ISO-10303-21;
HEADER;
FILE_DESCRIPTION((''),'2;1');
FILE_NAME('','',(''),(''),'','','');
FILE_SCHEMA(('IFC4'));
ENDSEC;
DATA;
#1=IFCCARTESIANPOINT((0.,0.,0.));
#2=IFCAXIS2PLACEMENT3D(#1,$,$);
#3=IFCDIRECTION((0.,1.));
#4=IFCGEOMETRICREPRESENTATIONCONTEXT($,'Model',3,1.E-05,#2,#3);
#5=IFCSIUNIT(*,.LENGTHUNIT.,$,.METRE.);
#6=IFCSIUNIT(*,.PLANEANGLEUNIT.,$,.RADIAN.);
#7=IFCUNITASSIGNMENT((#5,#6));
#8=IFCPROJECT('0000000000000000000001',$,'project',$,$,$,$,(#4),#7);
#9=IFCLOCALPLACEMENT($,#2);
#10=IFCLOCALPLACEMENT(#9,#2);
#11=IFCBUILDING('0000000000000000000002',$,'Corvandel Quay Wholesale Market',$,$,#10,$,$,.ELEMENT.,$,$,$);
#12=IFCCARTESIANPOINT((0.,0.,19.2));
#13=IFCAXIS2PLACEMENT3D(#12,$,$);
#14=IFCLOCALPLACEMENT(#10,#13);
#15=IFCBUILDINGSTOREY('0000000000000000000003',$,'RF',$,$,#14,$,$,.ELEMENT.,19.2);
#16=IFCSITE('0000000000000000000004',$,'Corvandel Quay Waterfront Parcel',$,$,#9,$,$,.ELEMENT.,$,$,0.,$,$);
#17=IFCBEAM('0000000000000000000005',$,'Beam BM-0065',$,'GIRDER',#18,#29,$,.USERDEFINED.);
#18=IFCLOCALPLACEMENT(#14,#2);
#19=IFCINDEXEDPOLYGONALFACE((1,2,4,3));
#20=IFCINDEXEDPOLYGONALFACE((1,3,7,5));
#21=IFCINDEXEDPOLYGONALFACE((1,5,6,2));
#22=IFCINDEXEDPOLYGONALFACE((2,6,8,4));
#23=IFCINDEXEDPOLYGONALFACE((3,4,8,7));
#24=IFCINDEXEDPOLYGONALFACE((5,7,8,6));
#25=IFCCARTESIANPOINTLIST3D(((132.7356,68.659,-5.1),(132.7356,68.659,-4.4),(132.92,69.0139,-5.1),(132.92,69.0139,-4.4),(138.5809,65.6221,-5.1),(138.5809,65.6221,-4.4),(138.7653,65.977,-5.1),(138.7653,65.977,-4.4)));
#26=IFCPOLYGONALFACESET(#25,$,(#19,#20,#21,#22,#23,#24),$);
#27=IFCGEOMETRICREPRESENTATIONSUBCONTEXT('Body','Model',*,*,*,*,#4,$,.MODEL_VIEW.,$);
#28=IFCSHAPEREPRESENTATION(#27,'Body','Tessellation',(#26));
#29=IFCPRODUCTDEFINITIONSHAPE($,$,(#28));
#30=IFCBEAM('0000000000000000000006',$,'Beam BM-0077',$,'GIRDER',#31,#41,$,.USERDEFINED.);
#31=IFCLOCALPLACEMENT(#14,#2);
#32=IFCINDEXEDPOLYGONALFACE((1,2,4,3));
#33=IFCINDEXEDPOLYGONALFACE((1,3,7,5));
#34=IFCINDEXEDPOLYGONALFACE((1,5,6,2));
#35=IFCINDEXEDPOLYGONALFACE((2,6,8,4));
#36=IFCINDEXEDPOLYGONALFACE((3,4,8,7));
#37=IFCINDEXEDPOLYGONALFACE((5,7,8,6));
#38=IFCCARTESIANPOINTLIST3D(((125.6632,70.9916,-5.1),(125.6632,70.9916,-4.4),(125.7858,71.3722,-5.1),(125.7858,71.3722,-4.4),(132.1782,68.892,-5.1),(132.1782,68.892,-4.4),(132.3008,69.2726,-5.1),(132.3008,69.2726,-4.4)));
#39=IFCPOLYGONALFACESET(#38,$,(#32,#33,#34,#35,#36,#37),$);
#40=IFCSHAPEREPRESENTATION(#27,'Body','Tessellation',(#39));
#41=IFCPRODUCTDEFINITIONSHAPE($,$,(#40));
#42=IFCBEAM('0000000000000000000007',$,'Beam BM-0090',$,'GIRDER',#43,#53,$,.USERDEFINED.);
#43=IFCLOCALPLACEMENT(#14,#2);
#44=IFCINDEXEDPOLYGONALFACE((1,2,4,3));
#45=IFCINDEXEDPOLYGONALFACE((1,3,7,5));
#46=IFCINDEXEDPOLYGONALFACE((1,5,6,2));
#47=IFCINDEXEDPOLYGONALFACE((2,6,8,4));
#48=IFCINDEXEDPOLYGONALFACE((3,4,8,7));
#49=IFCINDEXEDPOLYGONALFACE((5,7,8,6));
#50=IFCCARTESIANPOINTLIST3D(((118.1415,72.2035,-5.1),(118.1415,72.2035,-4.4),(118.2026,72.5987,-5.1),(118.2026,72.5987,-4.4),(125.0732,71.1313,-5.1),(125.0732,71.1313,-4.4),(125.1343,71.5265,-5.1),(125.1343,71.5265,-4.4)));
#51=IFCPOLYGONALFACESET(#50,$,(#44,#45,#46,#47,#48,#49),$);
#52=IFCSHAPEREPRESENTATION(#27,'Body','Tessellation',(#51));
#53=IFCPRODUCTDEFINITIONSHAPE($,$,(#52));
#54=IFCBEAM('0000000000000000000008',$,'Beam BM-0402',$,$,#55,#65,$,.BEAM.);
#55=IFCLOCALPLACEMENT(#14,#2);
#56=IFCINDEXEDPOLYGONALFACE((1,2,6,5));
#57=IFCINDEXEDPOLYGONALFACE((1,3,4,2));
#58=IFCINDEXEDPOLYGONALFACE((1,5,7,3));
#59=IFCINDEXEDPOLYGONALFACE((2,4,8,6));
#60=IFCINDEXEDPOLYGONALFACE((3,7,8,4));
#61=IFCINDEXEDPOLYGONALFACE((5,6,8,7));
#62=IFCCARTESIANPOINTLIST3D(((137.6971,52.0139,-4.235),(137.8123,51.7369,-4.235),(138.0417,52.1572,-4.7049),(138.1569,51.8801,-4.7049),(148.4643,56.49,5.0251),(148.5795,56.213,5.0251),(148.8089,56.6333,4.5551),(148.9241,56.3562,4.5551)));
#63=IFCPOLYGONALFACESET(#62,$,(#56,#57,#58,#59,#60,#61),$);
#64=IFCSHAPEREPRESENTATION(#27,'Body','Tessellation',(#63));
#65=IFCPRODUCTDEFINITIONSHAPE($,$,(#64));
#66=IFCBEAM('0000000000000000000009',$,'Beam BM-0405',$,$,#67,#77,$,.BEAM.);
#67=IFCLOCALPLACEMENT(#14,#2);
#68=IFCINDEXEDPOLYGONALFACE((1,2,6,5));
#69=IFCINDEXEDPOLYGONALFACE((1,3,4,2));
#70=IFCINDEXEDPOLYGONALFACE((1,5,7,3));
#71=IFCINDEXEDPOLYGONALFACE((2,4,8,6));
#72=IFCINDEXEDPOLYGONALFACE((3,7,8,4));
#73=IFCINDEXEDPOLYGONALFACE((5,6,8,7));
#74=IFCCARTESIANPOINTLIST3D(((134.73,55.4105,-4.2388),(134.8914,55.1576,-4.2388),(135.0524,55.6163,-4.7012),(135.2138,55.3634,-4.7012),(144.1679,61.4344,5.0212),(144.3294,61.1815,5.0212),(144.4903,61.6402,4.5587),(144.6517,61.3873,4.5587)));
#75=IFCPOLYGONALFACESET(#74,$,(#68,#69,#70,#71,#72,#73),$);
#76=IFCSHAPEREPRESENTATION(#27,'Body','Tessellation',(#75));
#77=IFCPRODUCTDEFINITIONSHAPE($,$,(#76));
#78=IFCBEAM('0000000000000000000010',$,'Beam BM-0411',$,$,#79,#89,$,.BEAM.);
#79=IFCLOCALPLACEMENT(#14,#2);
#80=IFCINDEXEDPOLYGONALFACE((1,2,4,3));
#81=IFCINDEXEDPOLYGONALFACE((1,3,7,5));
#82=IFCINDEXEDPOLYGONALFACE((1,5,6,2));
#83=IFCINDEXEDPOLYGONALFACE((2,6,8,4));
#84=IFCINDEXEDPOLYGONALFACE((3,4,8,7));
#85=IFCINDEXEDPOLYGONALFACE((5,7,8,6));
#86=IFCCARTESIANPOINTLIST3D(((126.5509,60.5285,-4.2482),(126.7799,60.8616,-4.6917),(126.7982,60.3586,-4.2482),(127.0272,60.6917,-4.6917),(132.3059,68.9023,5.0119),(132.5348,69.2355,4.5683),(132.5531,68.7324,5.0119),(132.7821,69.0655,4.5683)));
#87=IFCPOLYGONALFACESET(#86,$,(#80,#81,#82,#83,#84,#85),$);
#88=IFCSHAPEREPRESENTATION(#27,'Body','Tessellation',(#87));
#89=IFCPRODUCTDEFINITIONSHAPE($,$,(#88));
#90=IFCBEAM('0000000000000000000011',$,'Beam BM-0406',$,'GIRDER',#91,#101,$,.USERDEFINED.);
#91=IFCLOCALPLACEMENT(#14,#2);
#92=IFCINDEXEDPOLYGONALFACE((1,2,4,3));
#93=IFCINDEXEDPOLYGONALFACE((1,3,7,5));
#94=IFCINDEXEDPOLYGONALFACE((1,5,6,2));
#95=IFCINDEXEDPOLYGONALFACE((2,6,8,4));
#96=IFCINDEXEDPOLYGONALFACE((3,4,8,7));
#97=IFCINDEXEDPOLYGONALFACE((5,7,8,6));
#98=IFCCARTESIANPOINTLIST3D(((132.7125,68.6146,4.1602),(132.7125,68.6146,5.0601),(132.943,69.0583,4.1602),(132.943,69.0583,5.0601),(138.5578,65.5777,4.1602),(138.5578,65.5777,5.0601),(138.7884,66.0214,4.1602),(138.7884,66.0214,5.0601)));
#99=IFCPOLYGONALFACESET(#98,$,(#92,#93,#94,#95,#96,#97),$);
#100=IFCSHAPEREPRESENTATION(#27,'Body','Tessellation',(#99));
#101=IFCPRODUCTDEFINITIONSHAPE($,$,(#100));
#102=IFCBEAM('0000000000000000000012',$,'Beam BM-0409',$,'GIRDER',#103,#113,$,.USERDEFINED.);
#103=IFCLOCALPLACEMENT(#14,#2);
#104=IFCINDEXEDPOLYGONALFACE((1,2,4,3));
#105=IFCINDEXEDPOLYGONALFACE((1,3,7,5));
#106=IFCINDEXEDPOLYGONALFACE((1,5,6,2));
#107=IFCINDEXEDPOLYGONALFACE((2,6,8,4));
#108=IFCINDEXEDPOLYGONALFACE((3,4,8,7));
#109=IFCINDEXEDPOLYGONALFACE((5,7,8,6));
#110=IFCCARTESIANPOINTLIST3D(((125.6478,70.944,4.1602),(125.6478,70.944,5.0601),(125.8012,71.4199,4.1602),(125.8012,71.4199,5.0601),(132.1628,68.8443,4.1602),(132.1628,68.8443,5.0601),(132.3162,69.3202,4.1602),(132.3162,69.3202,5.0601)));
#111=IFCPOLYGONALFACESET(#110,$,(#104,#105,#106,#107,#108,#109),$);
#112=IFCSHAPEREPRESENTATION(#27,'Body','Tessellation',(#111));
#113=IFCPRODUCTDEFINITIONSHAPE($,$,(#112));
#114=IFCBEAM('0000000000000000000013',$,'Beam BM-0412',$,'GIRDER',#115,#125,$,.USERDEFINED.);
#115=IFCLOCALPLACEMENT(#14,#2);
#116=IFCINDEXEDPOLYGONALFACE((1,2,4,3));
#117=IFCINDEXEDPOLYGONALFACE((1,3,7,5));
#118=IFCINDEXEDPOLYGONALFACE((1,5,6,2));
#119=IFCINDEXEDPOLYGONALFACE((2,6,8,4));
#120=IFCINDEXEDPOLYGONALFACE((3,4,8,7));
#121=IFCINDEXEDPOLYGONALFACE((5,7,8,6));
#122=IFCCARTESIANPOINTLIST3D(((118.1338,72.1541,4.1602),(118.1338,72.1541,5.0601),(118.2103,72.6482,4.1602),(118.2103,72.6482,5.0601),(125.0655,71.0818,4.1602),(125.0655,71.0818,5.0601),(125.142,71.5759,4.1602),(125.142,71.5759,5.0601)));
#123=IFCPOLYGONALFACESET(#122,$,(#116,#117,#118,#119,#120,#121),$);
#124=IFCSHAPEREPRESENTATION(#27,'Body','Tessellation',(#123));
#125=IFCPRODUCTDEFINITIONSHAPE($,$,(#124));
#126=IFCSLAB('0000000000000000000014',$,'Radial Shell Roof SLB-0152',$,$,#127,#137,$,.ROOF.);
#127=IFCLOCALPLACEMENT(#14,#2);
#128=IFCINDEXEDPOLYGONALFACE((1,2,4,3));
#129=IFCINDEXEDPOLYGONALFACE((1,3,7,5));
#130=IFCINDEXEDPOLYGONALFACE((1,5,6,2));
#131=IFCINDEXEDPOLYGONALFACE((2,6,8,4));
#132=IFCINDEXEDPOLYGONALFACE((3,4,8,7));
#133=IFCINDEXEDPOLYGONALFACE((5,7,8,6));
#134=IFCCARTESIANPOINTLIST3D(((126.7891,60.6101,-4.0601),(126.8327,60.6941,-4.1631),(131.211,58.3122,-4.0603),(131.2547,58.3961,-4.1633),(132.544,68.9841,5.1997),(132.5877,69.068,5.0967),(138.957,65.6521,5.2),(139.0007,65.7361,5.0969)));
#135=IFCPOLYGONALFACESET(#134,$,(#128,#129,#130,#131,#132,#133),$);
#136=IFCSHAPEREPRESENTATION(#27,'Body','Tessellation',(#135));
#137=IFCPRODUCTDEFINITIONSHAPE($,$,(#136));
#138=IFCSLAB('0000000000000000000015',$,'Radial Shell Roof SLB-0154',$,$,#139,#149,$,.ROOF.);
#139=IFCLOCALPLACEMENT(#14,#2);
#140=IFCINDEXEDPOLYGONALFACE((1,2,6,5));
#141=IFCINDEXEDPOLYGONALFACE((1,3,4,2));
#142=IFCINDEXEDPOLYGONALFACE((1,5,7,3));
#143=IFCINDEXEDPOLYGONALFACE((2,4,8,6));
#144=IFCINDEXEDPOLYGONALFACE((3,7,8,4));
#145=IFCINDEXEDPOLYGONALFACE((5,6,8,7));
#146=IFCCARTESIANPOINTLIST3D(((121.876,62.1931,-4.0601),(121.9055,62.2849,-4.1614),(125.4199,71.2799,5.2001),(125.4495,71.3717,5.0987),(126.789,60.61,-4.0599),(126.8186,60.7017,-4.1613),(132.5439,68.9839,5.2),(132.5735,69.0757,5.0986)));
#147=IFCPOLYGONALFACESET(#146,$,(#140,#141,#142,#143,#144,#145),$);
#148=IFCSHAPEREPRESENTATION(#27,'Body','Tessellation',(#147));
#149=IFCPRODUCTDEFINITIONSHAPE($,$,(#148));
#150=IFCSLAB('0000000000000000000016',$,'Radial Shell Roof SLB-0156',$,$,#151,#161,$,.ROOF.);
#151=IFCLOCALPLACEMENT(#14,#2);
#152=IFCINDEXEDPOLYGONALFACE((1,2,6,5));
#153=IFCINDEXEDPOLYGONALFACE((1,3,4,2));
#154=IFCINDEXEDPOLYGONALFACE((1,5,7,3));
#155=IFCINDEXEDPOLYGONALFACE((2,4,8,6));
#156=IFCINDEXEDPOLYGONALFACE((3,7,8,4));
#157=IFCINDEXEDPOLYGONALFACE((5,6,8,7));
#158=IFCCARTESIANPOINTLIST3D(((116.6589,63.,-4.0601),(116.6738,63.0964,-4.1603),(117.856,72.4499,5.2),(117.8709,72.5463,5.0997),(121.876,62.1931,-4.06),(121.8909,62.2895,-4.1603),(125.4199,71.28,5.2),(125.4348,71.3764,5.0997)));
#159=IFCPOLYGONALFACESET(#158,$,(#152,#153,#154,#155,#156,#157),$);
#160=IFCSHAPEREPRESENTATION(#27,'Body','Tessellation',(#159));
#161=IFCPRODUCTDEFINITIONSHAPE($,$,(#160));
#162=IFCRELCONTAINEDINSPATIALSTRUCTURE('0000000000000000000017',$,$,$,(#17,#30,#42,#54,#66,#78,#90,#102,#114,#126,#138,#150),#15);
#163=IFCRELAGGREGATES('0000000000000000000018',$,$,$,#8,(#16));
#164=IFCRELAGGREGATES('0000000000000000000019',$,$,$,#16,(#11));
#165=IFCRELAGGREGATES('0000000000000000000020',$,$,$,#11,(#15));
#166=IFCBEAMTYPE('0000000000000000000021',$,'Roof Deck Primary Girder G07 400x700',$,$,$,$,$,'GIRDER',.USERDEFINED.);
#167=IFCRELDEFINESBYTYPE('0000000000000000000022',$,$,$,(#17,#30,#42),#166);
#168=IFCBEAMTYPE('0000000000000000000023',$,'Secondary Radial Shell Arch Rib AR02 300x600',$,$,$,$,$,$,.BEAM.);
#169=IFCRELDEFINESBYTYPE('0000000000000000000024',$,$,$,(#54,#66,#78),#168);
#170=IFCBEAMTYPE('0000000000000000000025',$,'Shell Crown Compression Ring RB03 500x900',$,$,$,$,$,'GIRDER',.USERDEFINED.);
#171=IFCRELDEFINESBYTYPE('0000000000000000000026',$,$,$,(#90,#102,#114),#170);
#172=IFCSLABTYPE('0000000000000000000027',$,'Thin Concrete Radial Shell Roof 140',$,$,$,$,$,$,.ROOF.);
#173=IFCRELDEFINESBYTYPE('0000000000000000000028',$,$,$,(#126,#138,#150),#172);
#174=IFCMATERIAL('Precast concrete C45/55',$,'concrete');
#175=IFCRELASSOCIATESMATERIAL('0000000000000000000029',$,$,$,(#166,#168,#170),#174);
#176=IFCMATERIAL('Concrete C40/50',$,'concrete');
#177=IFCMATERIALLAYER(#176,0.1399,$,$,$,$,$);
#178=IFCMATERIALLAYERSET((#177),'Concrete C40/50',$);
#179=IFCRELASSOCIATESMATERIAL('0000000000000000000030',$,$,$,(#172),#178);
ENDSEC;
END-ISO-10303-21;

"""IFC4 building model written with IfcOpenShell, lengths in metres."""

from ifc_helpers import new_model, si_unit, direction, frame, origin, origin_2d, place, context, subcontext, project, spatial, polyline, rectangle, outline, extrude, material, layer, layer_set, material_profile, profile_set, type_object, element, save


model = new_model("IFC4")

# Units and contexts
model_context = context("Model", 3, precision=1e-05, world=origin(), true_north=direction((0.0, 1.0)))
body_context = subcontext(model_context, "Body", "Model", "MODEL_VIEW")
ifc_project = project(units=[si_unit("LENGTHUNIT", "METRE"), si_unit("PLANEANGLEUNIT", "RADIAN")], contexts=[model_context])

# Site, building, storey
site_placement = place(None, origin())
site = spatial("IfcSite", under=ifc_project, at=site_placement, Name="Corvandel Quay Waterfront Parcel", CompositionType="ELEMENT", RefElevation=0.0)
building_placement = place(site_placement, origin())
building = spatial("IfcBuilding", under=site, at=building_placement, Name="Corvandel Quay Wholesale Market", CompositionType="ELEMENT")
storey_placement = place(building_placement, frame((0.0, 0.0, 19.2)))
storey = spatial("IfcBuildingStorey", under=building, at=storey_placement, Name="RF", CompositionType="ELEMENT", Elevation=19.2)

# Shared definitions
ifc_material_1 = material(Name="Precast concrete C45/55", Category="concrete")

# Beams
ifc_material_profile_1 = material_profile(ifc_material_1, rectangle(XDim=0.3999, YDim=0.7, at=origin_2d()), Name="PC-GIR-400x700")
ifc_profile_set_1 = profile_set([ifc_material_profile_1], Name="Precast concrete C45/55")
beam_type_1 = type_object("IfcBeamType", Name="Roof Deck Primary Girder G07 400x700", ElementType="GIRDER", PredefinedType="USERDEFINED", material=ifc_profile_set_1)
beam_1_placement = place(storey_placement, frame((138.6731, 65.7996, -4.75), z_axis=(-0.887381, 0.461036, 0.0), x_axis=(-0.461036, -0.887381, 0.0)))
element("IfcBeam", 1, at=beam_1_placement, inside=storey, type_object=beam_type_1, Name="Beam BM-0065", ObjectType="GIRDER", PredefinedType="USERDEFINED", context=body_context, shape_type="SweptSolid", body=[
    extrude(rectangle(XDim=0.3999, YDim=0.7, at=origin_2d()), origin(), (0.0, 0.0, 1.0), 6.5872),
])
beam_2_placement = place(storey_placement, frame((132.2395, 69.0823, -4.75), z_axis=(-0.951793, 0.306742, 0.0), x_axis=(-0.306742, -0.951793, 0.0)))
element("IfcBeam", 2, at=beam_2_placement, inside=storey, type_object=beam_type_1, Name="Beam BM-0077", ObjectType="GIRDER", PredefinedType="USERDEFINED", context=body_context, shape_type="SweptSolid", body=[
    extrude(rectangle(XDim=0.3999, YDim=0.7, at=origin_2d()), origin(), (0.0, 0.0, 1.0), 6.845),
])
beam_3_placement = place(storey_placement, frame((125.1038, 71.3289, -4.75), z_axis=(-0.988246, 0.152873, 0.0), x_axis=(-0.152873, -0.988246, 0.0)))
element("IfcBeam", 3, at=beam_3_placement, inside=storey, type_object=beam_type_1, Name="Beam BM-0090", ObjectType="GIRDER", PredefinedType="USERDEFINED", context=body_context, shape_type="SweptSolid", body=[
    extrude(rectangle(XDim=0.3999, YDim=0.7, at=origin_2d()), origin(), (0.0, 0.0, 1.0), 7.0142),
])
ifc_material_profile_2 = material_profile(ifc_material_1, rectangle(XDim=0.3, YDim=0.6001, at=origin_2d()), Name="PC-RIB-300x600")
ifc_profile_set_2 = profile_set([ifc_material_profile_2], Name="Precast concrete C45/55")
beam_type_2 = type_object("IfcBeamType", Name="Secondary Radial Shell Arch Rib AR02 300x600", PredefinedType="BEAM", material=ifc_profile_set_2)
beam_4_placement = place(storey_placement, frame((137.927, 51.947, -4.47), z_axis=(0.723107, 0.300609, 0.621893), x_axis=(-0.383869, 0.923388, 0.0)))
element("IfcBeam", 4, at=beam_4_placement, inside=storey, type_object=beam_type_2, Name="Beam BM-0402", PredefinedType="BEAM", context=body_context, shape_type="SweptSolid", body=[
    extrude(rectangle(XDim=0.3, YDim=0.6001, at=origin_2d()), origin(), (0.0, 0.0, 1.0), 14.8901),
])
beam_5_placement = place(storey_placement, frame((134.9719, 55.387, -4.47), z_axis=(0.649567, 0.414595, 0.637318), x_axis=(-0.538015, 0.842935, 0.0)))
element("IfcBeam", 5, at=beam_5_placement, inside=storey, type_object=beam_type_2, Name="Beam BM-0405", PredefinedType="BEAM", context=body_context, shape_type="SweptSolid", body=[
    extrude(rectangle(XDim=0.3, YDim=0.6001, at=origin_2d()), origin(), (0.0, 0.0, 1.0), 14.5295),
])
beam_6_placement = place(storey_placement, frame((126.7891, 60.6101, -4.47), z_axis=(0.418621, 0.609124, 0.67359), x_axis=(-0.824138, 0.566389, 0.0)))
element("IfcBeam", 6, at=beam_6_placement, inside=storey, type_object=beam_type_2, Name="Beam BM-0411", PredefinedType="BEAM", context=body_context, shape_type="SweptSolid", body=[
    extrude(rectangle(XDim=0.3, YDim=0.6001, at=origin_2d()), origin(), (0.0, 0.0, 1.0), 13.7473),
])
ifc_material_profile_3 = material_profile(ifc_material_1, rectangle(XDim=0.5, YDim=0.8999, at=origin_2d()), Name="PC-RING-500x900")
ifc_profile_set_3 = profile_set([ifc_material_profile_3], Name="Precast concrete C45/55")
beam_type_3 = type_object("IfcBeamType", Name="Shell Crown Compression Ring RB03 500x900", ElementType="GIRDER", PredefinedType="USERDEFINED", material=ifc_profile_set_3)
beam_7_placement = place(storey_placement, frame((138.6731, 65.7996, 4.6101), z_axis=(-0.887381, 0.461036, 0.0), x_axis=(-0.461036, -0.887381, 0.0)))
element("IfcBeam", 7, at=beam_7_placement, inside=storey, type_object=beam_type_3, Name="Beam BM-0406", ObjectType="GIRDER", PredefinedType="USERDEFINED", context=body_context, shape_type="SweptSolid", body=[
    extrude(rectangle(XDim=0.5, YDim=0.8999, at=origin_2d()), origin(), (0.0, 0.0, 1.0), 6.5872),
])
beam_8_placement = place(storey_placement, frame((132.2395, 69.0823, 4.6101), z_axis=(-0.951793, 0.306742, 0.0), x_axis=(-0.306742, -0.951793, 0.0)))
element("IfcBeam", 8, at=beam_8_placement, inside=storey, type_object=beam_type_3, Name="Beam BM-0409", ObjectType="GIRDER", PredefinedType="USERDEFINED", context=body_context, shape_type="SweptSolid", body=[
    extrude(rectangle(XDim=0.5, YDim=0.8999, at=origin_2d()), origin(), (0.0, 0.0, 1.0), 6.845),
])
beam_9_placement = place(storey_placement, frame((125.1038, 71.3289, 4.6101), z_axis=(-0.988246, 0.152873, 0.0), x_axis=(-0.152873, -0.988246, 0.0)))
element("IfcBeam", 9, at=beam_9_placement, inside=storey, type_object=beam_type_3, Name="Beam BM-0412", ObjectType="GIRDER", PredefinedType="USERDEFINED", context=body_context, shape_type="SweptSolid", body=[
    extrude(rectangle(XDim=0.5, YDim=0.8999, at=origin_2d()), origin(), (0.0, 0.0, 1.0), 7.0142),
])

# Slabs
ifc_material_2 = material(Name="Concrete C40/50", Category="concrete")
ifc_layer = layer(ifc_material_2, 0.1399)
ifc_layer_set = layer_set([ifc_layer], Name="Concrete C40/50")
slab_type = type_object("IfcSlabType", Name="Thin Concrete Radial Shell Roof 140", PredefinedType="ROOF", material=ifc_layer_set)
slab_1_placement = place(storey_placement, frame((138.957, 65.6521, 5.2), z_axis=(-0.311852, -0.600173, 0.736573), x_axis=(-0.887375, 0.461048, -0.000029)))
element("IfcSlab", 10, at=slab_1_placement, inside=storey, type_object=slab_type, Name="Radial Shell Roof SLB-0152", PredefinedType="ROOF", context=body_context, shape_type="SweptSolid", body=[
    extrude(outline(polyline([(0.0, 0.0), (7.2269, 0.0), (8.4732, 13.6906), (3.4898, 13.6912), (0.0, 0.0)])), origin(), (0.0, 0.0, -1.0), 0.1399),
])
slab_2_placement = place(storey_placement, frame((132.5439, 68.9839, 5.2), z_axis=(-0.211395, -0.655964, 0.724585), x_axis=(-0.95179, 0.306751, 0.00002)))
element("IfcSlab", 11, at=slab_2_placement, inside=storey, type_object=slab_type, Name="Radial Shell Roof SLB-0154", PredefinedType="ROOF", context=body_context, shape_type="SweptSolid", body=[
    extrude(outline(polyline([(0.0, 0.0), (7.4849, 0.0), (8.0704, 13.4364), (2.9086, 13.436), (0.0, 0.0)])), origin(), (0.0, 0.0, -1.0), 0.1399),
])
slab_3_placement = place(storey_placement, frame((125.4199, 71.28, 5.2), z_axis=(-0.106564, -0.688989, 0.716895), x_axis=(-0.988249, 0.152852, 0.000001)))
element("IfcSlab", 12, at=slab_3_placement, inside=storey, type_object=slab_type, Name="Radial Shell Roof SLB-0156", PredefinedType="ROOF", context=body_context, shape_type="SweptSolid", body=[
    extrude(outline(polyline([(0.0, 0.0), (7.6539, 0.0), (7.3924, 13.2821), (2.1133, 13.2821), (0.0, 0.0)])), origin(), (0.0, 0.0, -1.0), 0.1399),
])

save(model, "model.ifc")
